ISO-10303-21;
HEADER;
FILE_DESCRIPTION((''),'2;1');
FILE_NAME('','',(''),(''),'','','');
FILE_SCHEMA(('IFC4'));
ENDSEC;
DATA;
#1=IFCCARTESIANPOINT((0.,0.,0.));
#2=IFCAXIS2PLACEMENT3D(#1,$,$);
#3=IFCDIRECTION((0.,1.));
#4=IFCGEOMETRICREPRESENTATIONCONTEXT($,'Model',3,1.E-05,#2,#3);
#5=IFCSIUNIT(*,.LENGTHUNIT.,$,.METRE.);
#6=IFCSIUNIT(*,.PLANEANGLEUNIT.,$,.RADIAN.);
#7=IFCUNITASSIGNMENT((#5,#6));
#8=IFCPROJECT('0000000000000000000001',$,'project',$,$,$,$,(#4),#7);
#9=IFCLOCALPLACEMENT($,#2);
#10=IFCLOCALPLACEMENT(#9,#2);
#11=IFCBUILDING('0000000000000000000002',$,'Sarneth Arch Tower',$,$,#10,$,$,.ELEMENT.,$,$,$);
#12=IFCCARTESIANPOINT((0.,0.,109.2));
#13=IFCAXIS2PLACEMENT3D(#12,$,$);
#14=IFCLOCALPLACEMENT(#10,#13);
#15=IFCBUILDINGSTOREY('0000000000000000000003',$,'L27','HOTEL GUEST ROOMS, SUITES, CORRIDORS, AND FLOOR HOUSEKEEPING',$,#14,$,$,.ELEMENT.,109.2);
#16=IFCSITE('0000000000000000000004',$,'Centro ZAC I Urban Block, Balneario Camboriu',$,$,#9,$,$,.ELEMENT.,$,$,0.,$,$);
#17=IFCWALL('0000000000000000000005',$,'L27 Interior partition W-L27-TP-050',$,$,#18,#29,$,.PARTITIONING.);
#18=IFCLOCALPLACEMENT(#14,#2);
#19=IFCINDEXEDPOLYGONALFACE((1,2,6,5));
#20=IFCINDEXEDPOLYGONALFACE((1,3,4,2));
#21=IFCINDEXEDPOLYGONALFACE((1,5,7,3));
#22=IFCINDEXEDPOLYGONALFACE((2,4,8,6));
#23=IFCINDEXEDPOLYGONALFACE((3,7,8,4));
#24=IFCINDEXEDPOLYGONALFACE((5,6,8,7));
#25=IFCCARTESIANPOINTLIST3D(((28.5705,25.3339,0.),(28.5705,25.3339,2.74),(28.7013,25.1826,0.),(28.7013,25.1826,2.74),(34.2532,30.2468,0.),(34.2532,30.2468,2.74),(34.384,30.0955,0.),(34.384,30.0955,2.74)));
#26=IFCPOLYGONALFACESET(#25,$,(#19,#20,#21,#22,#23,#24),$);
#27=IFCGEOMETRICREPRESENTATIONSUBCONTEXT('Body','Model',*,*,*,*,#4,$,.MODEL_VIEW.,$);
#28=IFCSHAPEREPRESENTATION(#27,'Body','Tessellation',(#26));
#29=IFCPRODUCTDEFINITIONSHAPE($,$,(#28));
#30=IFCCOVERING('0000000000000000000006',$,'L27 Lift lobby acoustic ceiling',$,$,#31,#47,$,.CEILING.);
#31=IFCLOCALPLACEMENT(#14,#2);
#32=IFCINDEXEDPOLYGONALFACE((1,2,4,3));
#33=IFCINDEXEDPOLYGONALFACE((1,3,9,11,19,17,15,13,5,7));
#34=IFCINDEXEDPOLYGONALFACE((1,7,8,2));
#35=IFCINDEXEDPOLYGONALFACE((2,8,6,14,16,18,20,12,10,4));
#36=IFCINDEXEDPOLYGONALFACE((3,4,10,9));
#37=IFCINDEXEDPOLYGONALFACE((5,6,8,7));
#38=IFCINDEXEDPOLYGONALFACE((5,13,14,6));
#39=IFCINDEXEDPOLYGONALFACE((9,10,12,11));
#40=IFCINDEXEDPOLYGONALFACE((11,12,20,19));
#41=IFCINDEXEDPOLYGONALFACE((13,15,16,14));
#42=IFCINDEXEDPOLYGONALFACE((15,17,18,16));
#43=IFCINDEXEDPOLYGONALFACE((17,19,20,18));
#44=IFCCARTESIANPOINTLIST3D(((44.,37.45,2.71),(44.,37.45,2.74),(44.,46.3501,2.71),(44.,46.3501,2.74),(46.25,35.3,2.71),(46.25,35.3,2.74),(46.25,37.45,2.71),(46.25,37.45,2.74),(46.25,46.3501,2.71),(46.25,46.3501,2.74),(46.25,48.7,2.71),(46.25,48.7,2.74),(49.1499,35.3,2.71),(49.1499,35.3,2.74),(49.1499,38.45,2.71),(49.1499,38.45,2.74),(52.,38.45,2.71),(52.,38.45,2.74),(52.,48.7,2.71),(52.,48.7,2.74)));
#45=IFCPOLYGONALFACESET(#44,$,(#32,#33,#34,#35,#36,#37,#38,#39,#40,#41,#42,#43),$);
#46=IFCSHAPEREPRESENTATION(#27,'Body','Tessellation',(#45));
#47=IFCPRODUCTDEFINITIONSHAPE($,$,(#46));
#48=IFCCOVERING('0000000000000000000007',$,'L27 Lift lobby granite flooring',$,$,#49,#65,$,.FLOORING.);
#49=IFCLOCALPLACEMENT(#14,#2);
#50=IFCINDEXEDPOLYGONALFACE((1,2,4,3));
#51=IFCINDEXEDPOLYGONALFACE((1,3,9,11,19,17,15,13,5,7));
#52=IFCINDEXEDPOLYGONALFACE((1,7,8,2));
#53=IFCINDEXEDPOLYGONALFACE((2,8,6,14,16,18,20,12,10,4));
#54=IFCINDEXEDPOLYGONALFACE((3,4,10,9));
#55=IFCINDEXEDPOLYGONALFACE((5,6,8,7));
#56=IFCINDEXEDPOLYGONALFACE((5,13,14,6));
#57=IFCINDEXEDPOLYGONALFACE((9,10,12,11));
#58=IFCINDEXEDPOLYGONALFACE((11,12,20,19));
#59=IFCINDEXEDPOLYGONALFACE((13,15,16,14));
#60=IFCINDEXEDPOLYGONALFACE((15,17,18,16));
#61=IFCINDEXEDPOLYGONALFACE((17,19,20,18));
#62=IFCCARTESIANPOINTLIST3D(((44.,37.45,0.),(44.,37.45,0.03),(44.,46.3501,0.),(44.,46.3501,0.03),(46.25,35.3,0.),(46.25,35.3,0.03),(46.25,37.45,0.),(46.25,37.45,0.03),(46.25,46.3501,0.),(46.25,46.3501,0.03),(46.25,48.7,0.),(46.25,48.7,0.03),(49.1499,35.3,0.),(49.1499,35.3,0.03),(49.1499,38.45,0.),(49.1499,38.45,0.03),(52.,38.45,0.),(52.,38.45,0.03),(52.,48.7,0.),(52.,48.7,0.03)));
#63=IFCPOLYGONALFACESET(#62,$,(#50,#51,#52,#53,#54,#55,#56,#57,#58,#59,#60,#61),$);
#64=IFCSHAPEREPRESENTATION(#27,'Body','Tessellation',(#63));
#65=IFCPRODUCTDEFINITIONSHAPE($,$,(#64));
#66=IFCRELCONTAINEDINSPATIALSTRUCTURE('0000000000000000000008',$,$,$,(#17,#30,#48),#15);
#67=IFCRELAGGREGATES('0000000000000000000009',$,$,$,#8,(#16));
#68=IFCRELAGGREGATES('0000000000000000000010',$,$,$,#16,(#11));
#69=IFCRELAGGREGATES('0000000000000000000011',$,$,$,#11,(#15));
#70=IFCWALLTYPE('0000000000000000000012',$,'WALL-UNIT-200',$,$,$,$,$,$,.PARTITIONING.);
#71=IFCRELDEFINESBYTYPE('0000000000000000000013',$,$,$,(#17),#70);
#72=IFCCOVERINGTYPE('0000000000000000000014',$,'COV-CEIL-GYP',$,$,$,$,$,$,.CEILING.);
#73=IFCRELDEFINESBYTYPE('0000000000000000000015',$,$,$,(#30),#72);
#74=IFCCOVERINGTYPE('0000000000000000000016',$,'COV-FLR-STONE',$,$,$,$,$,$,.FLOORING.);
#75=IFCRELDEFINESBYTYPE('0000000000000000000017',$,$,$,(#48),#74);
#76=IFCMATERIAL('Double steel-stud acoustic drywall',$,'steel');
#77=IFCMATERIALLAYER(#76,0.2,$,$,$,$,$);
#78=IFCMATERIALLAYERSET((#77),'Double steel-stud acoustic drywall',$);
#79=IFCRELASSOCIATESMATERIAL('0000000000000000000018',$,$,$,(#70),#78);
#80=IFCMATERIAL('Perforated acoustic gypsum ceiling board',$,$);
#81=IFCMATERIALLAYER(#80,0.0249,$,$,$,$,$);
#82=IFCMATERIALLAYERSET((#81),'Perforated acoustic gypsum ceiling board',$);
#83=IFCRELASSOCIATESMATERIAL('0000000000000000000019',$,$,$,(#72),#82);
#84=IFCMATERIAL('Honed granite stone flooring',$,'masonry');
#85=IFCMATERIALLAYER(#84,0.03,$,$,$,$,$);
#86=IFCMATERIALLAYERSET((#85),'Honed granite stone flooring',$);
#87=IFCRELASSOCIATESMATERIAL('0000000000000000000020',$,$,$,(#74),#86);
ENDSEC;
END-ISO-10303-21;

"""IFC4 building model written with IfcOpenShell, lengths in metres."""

from ifc_helpers import new_model, si_unit, direction, frame, frame_2d, origin, place, context, subcontext, project, spatial, polyline, rectangle, outline, extrude, material, layer, layer_set, type_object, element, save


model = new_model("IFC4")

# Units and contexts
model_context = context("Model", 3, precision=1e-05, world=origin(), true_north=direction((0.0, 1.0)))
body_context = subcontext(model_context, "Body", "Model", "MODEL_VIEW")
ifc_project = project(units=[si_unit("LENGTHUNIT", "METRE"), si_unit("PLANEANGLEUNIT", "RADIAN")], contexts=[model_context])

# Site, building, storey
site_placement = place(None, origin())
site = spatial("IfcSite", under=ifc_project, at=site_placement, Name="Centro ZAC I Urban Block, Balneario Camboriu", CompositionType="ELEMENT", RefElevation=0.0)
building_placement = place(site_placement, origin())
building = spatial("IfcBuilding", under=site, at=building_placement, Name="Sarneth Arch Tower", CompositionType="ELEMENT")
storey_placement = place(building_placement, frame((0.0, 0.0, 109.2)))
storey = spatial("IfcBuildingStorey", under=building, at=storey_placement, Name="L27", Description="HOTEL GUEST ROOMS, SUITES, CORRIDORS, AND FLOOR HOUSEKEEPING", CompositionType="ELEMENT", Elevation=109.2)

# Wall
ifc_material_1 = material(Name="Double steel-stud acoustic drywall", Category="steel")
ifc_layer_1 = layer(ifc_material_1, 0.2)
ifc_layer_set_1 = layer_set([ifc_layer_1], Name="Double steel-stud acoustic drywall")
wall_type_1 = type_object("IfcWallType", Name="WALL-UNIT-200", PredefinedType="PARTITIONING", material=ifc_layer_set_1)
wall_1_placement = place(storey_placement, frame((28.636, 25.2583, 0.0), z_axis=(0.0, 0.0, 1.0), x_axis=(0.756485, 0.654011, 0.0)))
element("IfcWall", 1, at=wall_1_placement, inside=storey, type_object=wall_type_1, Name="L27 Interior partition W-L27-TP-050", PredefinedType="PARTITIONING", context=body_context, shape_type="SweptSolid", body=[
    extrude(rectangle(XDim=7.512, YDim=0.2, at=frame_2d((3.7559, 0.0))), origin(), (0.0, 0.0, 1.0), 2.74),
])

# Coverings
ifc_material_2 = material(Name="Perforated acoustic gypsum ceiling board")
ifc_layer_2 = layer(ifc_material_2, 0.0249)
ifc_layer_set_2 = layer_set([ifc_layer_2], Name="Perforated acoustic gypsum ceiling board")
covering_type_1 = type_object("IfcCoveringType", Name="COV-CEIL-GYP", PredefinedType="CEILING", material=ifc_layer_set_2)
covering_1_placement = place(storey_placement, frame((0.0, 0.0, 2.71)))
element("IfcCovering", 2, at=covering_1_placement, inside=storey, type_object=covering_type_1, Name="L27 Lift lobby acoustic ceiling", PredefinedType="CEILING", context=body_context, shape_type="SweptSolid", body=[
    extrude(outline(polyline([(49.1499, 38.45), (49.1499, 35.3), (46.25, 35.3), (46.25, 37.45), (44.0, 37.45), (44.0, 46.3501), (46.25, 46.3501), (46.25, 48.7), (52.0, 48.7), (52.0, 38.45), (49.1499, 38.45)])), origin(), (0.0, 0.0, 1.0), 0.03),
])
ifc_material_3 = material(Name="Honed granite stone flooring", Category="masonry")
ifc_layer_3 = layer(ifc_material_3, 0.03)
ifc_layer_set_3 = layer_set([ifc_layer_3], Name="Honed granite stone flooring")
covering_type_2 = type_object("IfcCoveringType", Name="COV-FLR-STONE", PredefinedType="FLOORING", material=ifc_layer_set_3)
covering_2_placement = place(storey_placement, origin())
element("IfcCovering", 3, at=covering_2_placement, inside=storey, type_object=covering_type_2, Name="L27 Lift lobby granite flooring", PredefinedType="FLOORING", context=body_context, shape_type="SweptSolid", body=[
    extrude(outline(polyline([(49.1499, 38.45), (49.1499, 35.3), (46.25, 35.3), (46.25, 37.45), (44.0, 37.45), (44.0, 46.3501), (46.25, 46.3501), (46.25, 48.7), (52.0, 48.7), (52.0, 38.45), (49.1499, 38.45)])), origin(), (0.0, 0.0, 1.0), 0.03),
])

save(model, "model.ifc")
